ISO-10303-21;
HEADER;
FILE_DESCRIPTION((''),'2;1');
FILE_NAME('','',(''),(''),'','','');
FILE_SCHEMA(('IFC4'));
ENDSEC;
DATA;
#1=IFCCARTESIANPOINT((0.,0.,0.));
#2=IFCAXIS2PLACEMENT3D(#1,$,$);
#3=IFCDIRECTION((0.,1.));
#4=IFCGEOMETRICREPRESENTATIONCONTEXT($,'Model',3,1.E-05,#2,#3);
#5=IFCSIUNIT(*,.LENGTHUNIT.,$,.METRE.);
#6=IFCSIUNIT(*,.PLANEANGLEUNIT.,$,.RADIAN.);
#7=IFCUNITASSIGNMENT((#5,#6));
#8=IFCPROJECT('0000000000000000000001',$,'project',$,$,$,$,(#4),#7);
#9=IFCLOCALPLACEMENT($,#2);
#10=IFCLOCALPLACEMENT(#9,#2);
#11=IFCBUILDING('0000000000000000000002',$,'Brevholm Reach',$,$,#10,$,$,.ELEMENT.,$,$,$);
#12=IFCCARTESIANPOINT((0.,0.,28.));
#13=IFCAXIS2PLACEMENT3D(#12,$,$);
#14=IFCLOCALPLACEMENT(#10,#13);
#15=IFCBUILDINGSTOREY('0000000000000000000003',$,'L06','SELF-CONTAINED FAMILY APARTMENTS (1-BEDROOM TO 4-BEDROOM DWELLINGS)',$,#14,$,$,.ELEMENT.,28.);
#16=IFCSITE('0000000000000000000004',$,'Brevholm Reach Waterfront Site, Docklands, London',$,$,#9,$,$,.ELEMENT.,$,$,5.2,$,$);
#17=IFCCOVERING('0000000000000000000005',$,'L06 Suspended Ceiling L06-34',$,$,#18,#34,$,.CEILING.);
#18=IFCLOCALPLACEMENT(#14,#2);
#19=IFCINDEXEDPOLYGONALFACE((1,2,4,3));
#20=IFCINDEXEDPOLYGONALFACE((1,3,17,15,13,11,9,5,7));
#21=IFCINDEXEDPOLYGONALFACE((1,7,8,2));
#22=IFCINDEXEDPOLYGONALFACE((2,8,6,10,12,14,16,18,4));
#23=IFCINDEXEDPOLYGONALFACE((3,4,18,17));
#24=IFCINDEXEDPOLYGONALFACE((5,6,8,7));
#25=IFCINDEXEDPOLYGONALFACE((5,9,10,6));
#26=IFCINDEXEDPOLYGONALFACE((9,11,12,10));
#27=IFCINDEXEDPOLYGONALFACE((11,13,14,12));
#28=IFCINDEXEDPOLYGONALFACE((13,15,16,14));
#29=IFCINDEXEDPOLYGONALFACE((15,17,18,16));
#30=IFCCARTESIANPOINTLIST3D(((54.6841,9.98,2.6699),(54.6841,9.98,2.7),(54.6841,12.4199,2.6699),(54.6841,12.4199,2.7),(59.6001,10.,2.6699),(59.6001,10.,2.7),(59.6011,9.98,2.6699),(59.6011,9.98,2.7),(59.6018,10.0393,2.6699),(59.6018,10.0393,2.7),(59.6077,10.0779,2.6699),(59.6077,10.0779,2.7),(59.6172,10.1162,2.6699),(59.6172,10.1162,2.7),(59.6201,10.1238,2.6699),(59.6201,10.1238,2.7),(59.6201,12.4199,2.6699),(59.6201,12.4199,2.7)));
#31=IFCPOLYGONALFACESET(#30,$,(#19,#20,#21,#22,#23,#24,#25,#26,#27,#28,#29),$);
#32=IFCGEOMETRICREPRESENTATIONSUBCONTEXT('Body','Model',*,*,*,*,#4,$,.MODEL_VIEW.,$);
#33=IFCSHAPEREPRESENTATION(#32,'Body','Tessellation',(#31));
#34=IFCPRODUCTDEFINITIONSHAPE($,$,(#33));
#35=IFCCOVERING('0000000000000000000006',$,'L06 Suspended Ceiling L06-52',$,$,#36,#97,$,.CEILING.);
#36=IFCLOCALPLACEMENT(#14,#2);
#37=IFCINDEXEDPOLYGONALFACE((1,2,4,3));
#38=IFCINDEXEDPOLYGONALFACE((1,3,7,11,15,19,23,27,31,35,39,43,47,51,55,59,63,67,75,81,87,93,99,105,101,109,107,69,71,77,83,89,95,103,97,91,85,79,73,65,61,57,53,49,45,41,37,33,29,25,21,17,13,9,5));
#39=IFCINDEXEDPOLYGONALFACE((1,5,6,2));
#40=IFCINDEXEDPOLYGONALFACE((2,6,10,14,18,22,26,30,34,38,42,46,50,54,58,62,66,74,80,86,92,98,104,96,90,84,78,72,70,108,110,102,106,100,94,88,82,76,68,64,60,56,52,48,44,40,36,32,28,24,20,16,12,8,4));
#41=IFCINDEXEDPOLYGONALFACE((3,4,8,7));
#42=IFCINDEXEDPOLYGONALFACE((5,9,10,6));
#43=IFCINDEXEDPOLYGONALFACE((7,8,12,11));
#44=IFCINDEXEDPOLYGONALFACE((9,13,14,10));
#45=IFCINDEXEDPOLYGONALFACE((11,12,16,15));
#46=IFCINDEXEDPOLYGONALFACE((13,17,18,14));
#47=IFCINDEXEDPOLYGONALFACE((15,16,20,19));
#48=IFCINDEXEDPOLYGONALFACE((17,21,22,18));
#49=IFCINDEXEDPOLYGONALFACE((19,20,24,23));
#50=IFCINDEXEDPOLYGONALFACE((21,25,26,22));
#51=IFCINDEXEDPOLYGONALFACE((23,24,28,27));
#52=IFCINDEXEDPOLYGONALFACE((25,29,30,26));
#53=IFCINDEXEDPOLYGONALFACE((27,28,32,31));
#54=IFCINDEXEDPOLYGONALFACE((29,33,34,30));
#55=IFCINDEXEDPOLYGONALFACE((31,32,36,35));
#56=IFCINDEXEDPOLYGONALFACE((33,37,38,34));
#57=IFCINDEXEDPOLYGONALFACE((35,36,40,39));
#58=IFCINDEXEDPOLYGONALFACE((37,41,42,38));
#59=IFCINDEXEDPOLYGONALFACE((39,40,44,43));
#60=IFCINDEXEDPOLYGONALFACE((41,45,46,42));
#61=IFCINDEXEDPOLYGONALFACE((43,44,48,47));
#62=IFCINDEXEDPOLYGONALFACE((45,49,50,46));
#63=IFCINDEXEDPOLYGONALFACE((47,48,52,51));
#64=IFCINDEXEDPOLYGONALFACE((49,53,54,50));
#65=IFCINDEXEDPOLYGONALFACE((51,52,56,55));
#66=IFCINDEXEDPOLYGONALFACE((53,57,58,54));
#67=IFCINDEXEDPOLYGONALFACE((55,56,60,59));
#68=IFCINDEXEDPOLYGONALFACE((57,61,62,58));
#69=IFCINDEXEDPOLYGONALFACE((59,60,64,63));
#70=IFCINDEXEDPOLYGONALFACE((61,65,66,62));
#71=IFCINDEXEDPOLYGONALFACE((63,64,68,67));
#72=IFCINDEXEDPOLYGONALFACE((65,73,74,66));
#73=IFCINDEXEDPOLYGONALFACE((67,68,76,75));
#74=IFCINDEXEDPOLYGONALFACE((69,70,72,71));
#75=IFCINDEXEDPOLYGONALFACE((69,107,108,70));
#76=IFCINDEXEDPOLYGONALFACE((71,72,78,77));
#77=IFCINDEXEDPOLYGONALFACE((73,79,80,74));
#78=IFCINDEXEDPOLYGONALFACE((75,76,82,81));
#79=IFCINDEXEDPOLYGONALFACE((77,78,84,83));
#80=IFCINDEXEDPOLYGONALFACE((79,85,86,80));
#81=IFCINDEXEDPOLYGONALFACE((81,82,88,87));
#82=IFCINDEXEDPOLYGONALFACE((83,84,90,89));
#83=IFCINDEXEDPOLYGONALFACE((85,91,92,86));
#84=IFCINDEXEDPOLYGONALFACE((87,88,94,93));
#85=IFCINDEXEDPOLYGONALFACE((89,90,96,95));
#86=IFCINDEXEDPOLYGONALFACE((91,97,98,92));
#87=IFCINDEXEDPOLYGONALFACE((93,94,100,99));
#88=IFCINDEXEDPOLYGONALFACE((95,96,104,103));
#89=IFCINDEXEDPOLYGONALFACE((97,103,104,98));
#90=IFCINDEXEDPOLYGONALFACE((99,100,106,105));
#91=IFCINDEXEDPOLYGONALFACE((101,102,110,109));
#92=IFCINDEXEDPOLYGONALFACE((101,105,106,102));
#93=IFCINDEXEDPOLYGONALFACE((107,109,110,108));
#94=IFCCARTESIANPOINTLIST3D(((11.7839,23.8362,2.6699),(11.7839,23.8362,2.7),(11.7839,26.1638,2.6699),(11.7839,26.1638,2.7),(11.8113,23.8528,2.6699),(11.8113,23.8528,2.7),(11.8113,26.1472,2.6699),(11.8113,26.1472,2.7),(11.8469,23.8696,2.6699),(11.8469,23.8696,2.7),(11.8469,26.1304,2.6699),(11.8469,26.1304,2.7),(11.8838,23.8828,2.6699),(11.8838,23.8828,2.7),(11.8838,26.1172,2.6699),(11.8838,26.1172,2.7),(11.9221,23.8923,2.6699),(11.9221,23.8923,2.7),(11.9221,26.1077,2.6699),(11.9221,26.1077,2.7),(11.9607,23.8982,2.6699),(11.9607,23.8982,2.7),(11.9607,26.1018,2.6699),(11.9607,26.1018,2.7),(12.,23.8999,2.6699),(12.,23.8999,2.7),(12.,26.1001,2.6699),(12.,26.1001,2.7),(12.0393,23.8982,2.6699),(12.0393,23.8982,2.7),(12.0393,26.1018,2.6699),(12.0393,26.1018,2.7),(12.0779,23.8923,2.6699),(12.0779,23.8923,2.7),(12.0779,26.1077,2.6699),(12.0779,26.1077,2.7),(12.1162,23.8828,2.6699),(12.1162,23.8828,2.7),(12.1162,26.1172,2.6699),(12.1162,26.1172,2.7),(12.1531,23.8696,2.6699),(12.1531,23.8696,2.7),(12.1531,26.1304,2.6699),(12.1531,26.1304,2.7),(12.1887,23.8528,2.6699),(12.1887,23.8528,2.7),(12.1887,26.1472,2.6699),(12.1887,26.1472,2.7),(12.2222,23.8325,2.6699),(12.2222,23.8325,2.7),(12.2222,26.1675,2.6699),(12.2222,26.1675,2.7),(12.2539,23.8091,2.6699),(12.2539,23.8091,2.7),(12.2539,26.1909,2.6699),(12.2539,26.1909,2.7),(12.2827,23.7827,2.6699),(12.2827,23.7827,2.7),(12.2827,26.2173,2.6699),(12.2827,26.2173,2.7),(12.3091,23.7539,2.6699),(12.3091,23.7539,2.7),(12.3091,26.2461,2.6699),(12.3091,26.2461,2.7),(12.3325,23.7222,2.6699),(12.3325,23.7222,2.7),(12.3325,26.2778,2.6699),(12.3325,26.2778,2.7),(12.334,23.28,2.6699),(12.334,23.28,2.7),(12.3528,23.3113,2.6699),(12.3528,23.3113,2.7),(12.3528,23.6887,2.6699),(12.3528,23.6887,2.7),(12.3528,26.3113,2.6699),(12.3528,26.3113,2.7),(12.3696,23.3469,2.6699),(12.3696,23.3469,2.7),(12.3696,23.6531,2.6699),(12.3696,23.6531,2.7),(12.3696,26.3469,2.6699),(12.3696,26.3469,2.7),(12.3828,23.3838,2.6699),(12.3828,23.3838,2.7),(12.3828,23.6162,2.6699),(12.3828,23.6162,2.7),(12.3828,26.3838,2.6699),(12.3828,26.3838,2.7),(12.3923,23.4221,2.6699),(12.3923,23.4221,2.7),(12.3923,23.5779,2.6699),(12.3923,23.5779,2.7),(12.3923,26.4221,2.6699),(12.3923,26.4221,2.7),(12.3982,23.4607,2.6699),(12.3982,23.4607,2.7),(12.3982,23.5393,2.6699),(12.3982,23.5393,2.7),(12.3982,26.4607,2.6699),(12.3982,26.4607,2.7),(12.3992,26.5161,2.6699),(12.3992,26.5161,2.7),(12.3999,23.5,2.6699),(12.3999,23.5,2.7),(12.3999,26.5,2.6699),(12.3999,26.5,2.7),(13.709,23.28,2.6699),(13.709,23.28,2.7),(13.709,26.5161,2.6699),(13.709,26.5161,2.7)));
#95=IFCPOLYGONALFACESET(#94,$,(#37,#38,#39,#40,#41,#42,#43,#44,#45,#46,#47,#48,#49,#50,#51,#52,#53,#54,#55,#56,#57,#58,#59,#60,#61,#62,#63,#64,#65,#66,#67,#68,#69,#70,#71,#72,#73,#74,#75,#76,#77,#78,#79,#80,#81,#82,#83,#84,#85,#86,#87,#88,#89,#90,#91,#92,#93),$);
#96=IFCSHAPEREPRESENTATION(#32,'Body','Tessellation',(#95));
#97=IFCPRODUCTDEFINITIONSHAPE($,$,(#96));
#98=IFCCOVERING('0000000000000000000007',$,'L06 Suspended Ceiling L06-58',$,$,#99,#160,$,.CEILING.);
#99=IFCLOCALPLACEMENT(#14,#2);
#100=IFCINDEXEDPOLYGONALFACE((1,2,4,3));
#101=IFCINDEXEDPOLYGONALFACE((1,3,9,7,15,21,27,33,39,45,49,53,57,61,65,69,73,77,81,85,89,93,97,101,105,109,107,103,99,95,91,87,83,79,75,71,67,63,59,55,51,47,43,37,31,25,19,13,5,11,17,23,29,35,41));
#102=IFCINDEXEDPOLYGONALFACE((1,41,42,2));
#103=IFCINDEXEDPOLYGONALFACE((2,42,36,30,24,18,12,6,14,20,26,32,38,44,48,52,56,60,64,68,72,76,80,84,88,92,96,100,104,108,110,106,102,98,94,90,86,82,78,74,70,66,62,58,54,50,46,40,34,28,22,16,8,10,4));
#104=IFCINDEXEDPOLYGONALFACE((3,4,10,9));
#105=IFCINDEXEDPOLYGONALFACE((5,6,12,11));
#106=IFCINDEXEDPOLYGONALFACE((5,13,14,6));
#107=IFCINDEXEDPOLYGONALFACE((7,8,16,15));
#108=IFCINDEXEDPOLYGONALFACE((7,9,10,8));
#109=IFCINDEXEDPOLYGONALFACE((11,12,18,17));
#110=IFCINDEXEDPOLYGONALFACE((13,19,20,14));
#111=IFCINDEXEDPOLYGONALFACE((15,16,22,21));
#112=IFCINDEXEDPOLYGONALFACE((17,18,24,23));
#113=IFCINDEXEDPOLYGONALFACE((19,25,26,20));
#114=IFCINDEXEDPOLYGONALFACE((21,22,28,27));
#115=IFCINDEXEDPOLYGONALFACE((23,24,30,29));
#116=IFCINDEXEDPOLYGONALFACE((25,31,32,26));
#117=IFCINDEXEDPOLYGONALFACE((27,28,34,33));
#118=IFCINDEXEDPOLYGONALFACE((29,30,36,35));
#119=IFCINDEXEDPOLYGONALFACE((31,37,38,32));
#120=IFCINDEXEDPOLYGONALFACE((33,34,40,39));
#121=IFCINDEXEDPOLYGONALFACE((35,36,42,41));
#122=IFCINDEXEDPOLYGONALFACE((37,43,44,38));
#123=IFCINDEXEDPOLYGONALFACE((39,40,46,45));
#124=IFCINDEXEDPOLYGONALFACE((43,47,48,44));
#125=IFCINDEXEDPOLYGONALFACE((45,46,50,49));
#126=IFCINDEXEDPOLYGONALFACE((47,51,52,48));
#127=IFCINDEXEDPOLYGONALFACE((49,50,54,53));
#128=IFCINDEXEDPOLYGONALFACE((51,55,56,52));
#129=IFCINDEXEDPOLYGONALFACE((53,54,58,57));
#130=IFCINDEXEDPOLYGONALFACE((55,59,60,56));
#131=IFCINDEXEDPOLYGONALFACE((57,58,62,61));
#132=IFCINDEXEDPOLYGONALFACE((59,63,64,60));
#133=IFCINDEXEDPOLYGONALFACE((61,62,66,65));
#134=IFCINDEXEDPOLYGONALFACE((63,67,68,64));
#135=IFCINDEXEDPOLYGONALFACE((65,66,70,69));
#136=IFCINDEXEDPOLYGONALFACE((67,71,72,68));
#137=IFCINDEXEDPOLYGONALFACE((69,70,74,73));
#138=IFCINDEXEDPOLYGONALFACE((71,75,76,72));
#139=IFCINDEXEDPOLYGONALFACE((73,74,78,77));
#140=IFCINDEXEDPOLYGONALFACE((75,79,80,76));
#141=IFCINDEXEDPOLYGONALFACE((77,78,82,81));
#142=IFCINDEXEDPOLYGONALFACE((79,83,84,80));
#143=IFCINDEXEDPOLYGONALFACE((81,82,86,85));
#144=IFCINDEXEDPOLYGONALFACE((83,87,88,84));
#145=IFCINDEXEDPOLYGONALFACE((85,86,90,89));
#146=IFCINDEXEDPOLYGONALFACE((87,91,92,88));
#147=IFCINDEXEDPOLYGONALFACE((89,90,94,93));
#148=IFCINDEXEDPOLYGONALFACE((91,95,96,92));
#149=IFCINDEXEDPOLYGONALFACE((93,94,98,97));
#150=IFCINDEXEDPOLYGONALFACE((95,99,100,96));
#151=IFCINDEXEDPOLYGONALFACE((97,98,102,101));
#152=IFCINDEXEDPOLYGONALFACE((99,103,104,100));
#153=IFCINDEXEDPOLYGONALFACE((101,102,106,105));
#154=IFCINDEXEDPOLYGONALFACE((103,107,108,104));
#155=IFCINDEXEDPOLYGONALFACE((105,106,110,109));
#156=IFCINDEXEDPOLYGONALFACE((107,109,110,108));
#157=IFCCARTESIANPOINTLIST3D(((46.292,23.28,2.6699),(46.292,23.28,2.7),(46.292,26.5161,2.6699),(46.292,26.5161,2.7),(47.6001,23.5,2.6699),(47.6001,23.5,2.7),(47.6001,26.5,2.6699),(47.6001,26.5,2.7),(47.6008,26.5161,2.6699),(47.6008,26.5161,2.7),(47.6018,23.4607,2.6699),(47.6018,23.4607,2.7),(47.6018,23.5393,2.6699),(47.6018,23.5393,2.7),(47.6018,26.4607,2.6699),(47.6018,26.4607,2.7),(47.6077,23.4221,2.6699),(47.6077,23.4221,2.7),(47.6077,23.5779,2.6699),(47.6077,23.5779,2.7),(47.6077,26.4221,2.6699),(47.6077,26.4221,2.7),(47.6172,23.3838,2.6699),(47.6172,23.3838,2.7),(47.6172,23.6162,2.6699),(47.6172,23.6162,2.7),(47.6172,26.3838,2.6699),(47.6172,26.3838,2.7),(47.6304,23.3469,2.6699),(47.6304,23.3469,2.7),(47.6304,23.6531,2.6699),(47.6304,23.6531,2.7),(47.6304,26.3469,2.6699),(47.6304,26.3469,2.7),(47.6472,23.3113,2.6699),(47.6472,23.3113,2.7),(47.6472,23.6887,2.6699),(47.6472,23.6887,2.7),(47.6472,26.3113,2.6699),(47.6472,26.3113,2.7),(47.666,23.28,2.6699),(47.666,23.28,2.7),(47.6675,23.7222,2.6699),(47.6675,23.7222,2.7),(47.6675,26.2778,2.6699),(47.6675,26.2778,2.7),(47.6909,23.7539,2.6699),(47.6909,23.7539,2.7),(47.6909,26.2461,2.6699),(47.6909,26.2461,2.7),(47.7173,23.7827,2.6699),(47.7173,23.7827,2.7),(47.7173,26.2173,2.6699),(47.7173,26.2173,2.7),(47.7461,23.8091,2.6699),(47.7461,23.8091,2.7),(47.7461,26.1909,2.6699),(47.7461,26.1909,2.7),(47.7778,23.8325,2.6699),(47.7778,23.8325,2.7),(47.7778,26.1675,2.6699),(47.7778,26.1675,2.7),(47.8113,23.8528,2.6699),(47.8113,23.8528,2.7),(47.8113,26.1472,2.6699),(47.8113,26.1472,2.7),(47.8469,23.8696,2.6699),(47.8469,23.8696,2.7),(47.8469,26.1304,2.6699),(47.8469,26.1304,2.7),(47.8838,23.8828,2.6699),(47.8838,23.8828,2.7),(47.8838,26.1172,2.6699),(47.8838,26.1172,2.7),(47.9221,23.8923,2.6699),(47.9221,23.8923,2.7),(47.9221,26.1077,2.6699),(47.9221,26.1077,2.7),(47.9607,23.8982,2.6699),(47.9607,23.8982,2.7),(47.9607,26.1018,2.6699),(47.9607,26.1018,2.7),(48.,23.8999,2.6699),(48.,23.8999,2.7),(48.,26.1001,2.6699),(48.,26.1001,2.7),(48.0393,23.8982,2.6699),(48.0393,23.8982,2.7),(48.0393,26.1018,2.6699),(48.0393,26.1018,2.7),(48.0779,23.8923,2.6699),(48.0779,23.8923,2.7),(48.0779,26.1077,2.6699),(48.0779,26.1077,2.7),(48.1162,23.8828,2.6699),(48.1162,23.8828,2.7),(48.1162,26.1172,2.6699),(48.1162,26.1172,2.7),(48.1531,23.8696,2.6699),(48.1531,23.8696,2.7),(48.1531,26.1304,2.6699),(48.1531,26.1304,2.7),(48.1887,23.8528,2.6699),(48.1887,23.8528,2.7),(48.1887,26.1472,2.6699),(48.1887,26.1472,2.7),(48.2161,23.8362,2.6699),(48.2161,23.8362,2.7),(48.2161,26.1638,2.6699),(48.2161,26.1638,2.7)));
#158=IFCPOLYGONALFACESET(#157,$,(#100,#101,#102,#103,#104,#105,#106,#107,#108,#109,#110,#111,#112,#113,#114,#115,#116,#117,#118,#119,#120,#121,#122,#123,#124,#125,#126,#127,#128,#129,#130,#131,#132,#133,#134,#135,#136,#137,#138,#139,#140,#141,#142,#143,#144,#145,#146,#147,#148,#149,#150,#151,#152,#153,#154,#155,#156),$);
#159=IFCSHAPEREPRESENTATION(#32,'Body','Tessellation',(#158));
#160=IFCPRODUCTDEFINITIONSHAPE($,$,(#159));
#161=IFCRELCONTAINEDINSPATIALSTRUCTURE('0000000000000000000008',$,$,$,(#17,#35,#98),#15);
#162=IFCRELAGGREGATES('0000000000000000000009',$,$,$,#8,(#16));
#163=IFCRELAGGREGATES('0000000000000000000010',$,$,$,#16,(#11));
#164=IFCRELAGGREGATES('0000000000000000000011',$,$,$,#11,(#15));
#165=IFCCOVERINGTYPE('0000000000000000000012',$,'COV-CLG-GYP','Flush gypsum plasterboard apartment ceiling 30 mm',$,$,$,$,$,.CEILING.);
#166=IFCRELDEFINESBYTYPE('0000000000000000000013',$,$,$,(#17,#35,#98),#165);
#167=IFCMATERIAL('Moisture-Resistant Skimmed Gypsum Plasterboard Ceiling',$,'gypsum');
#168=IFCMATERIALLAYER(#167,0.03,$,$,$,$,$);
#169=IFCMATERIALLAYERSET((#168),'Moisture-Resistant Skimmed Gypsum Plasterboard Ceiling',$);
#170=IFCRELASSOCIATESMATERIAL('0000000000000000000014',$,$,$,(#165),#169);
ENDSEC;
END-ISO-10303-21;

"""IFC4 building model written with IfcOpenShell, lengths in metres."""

from ifc_helpers import new_model, si_unit, direction, frame, origin, place, context, subcontext, project, spatial, polyline, outline, extrude, material, layer, layer_set, type_object, element, save


model = new_model("IFC4")

# Units and contexts
model_context = context("Model", 3, precision=1e-05, world=origin(), true_north=direction((0.0, 1.0)))
body_context = subcontext(model_context, "Body", "Model", "MODEL_VIEW")
ifc_project = project(units=[si_unit("LENGTHUNIT", "METRE"), si_unit("PLANEANGLEUNIT", "RADIAN")], contexts=[model_context])

# Site, building, storey
site_placement = place(None, origin())
site = spatial("IfcSite", under=ifc_project, at=site_placement, Name="Brevholm Reach Waterfront Site, Docklands, London", CompositionType="ELEMENT", RefElevation=5.2)
building_placement = place(site_placement, origin())
building = spatial("IfcBuilding", under=site, at=building_placement, Name="Brevholm Reach", CompositionType="ELEMENT")
storey_placement = place(building_placement, frame((0.0, 0.0, 28.0)))
storey = spatial("IfcBuildingStorey", under=building, at=storey_placement, Name="L06", Description="SELF-CONTAINED FAMILY APARTMENTS (1-BEDROOM TO 4-BEDROOM DWELLINGS)", CompositionType="ELEMENT", Elevation=28.0)

# Coverings
ifc_material_1 = material(Name="Moisture-Resistant Skimmed Gypsum Plasterboard Ceiling", Category="gypsum")
ifc_layer_1 = layer(ifc_material_1, 0.03)
ifc_layer_set_1 = layer_set([ifc_layer_1], Name="Moisture-Resistant Skimmed Gypsum Plasterboard Ceiling")
covering_type_1 = type_object("IfcCoveringType", Name="COV-CLG-GYP", Description="Flush gypsum plasterboard apartment ceiling 30 mm", PredefinedType="CEILING", material=ifc_layer_set_1)
covering_1_placement = place(storey_placement, frame((0.0, 0.0, 2.6699)))
element("IfcCovering", 1, at=covering_1_placement, inside=storey, type_object=covering_type_1, Name="L06 Suspended Ceiling L06-34", PredefinedType="CEILING", context=body_context, shape_type="SweptSolid", body=[
    extrude(outline(polyline([(59.6201, 12.4199), (59.6201, 10.1238), (59.6172, 10.1162), (59.6077, 10.0779), (59.6018, 10.0393), (59.6001, 10.0), (59.6011, 9.98), (54.6841, 9.98), (54.6841, 12.4199), (59.6201, 12.4199)])), origin(), (0.0, 0.0, 1.0), 0.03),
])
covering_2_placement = place(storey_placement, frame((0.0, 0.0, 2.6699)))
element("IfcCovering", 2, at=covering_2_placement, inside=storey, type_object=covering_type_1, Name="L06 Suspended Ceiling L06-52", PredefinedType="CEILING", context=body_context, shape_type="SweptSolid", body=[
    extrude(outline(polyline([(13.709, 23.28), (12.334, 23.28), (12.3528, 23.3113), (12.3696, 23.3469), (12.3828, 23.3838), (12.3923, 23.4221), (12.3982, 23.4607), (12.3999, 23.5), (12.3982, 23.5393), (12.3923, 23.5779), (12.3828, 23.6162), (12.3696, 23.6531), (12.3528, 23.6887), (12.3325, 23.7222), (12.3091, 23.7539), (12.2827, 23.7827), (12.2539, 23.8091), (12.2222, 23.8325), (12.1887, 23.8528), (12.1531, 23.8696), (12.1162, 23.8828), (12.0779, 23.8923), (12.0393, 23.8982), (12.0, 23.8999), (11.9607, 23.8982), (11.9221, 23.8923), (11.8838, 23.8828), (11.8469, 23.8696), (11.8113, 23.8528), (11.7839, 23.8362), (11.7839, 26.1638), (11.8113, 26.1472), (11.8469, 26.1304), (11.8838, 26.1172), (11.9221, 26.1077), (11.9607, 26.1018), (12.0, 26.1001), (12.0393, 26.1018), (12.0779, 26.1077), (12.1162, 26.1172), (12.1531, 26.1304), (12.1887, 26.1472), (12.2222, 26.1675), (12.2539, 26.1909), (12.2827, 26.2173), (12.3091, 26.2461), (12.3325, 26.2778), (12.3528, 26.3113), (12.3696, 26.3469), (12.3828, 26.3838), (12.3923, 26.4221), (12.3982, 26.4607), (12.3999, 26.5), (12.3992, 26.5161), (13.709, 26.5161), (13.709, 23.28)])), origin(), (0.0, 0.0, 1.0), 0.03),
])
covering_3_placement = place(storey_placement, frame((0.0, 0.0, 2.6699)))
element("IfcCovering", 3, at=covering_3_placement, inside=storey, type_object=covering_type_1, Name="L06 Suspended Ceiling L06-58", PredefinedType="CEILING", context=body_context, shape_type="SweptSolid", body=[
    extrude(outline(polyline([(46.292, 26.5161), (47.6008, 26.5161), (47.6001, 26.5), (47.6018, 26.4607), (47.6077, 26.4221), (47.6172, 26.3838), (47.6304, 26.3469), (47.6472, 26.3113), (47.6675, 26.2778), (47.6909, 26.2461), (47.7173, 26.2173), (47.7461, 26.1909), (47.7778, 26.1675), (47.8113, 26.1472), (47.8469, 26.1304), (47.8838, 26.1172), (47.9221, 26.1077), (47.9607, 26.1018), (48.0, 26.1001), (48.0393, 26.1018), (48.0779, 26.1077), (48.1162, 26.1172), (48.1531, 26.1304), (48.1887, 26.1472), (48.2161, 26.1638), (48.2161, 23.8362), (48.1887, 23.8528), (48.1531, 23.8696), (48.1162, 23.8828), (48.0779, 23.8923), (48.0393, 23.8982), (48.0, 23.8999), (47.9607, 23.8982), (47.9221, 23.8923), (47.8838, 23.8828), (47.8469, 23.8696), (47.8113, 23.8528), (47.7778, 23.8325), (47.7461, 23.8091), (47.7173, 23.7827), (47.6909, 23.7539), (47.6675, 23.7222), (47.6472, 23.6887), (47.6304, 23.6531), (47.6172, 23.6162), (47.6077, 23.5779), (47.6018, 23.5393), (47.6001, 23.5), (47.6018, 23.4607), (47.6077, 23.4221), (47.6172, 23.3838), (47.6304, 23.3469), (47.6472, 23.3113), (47.666, 23.28), (46.292, 23.28), (46.292, 26.5161)])), origin(), (0.0, 0.0, 1.0), 0.03),
])

save(model, "model.ifc")
